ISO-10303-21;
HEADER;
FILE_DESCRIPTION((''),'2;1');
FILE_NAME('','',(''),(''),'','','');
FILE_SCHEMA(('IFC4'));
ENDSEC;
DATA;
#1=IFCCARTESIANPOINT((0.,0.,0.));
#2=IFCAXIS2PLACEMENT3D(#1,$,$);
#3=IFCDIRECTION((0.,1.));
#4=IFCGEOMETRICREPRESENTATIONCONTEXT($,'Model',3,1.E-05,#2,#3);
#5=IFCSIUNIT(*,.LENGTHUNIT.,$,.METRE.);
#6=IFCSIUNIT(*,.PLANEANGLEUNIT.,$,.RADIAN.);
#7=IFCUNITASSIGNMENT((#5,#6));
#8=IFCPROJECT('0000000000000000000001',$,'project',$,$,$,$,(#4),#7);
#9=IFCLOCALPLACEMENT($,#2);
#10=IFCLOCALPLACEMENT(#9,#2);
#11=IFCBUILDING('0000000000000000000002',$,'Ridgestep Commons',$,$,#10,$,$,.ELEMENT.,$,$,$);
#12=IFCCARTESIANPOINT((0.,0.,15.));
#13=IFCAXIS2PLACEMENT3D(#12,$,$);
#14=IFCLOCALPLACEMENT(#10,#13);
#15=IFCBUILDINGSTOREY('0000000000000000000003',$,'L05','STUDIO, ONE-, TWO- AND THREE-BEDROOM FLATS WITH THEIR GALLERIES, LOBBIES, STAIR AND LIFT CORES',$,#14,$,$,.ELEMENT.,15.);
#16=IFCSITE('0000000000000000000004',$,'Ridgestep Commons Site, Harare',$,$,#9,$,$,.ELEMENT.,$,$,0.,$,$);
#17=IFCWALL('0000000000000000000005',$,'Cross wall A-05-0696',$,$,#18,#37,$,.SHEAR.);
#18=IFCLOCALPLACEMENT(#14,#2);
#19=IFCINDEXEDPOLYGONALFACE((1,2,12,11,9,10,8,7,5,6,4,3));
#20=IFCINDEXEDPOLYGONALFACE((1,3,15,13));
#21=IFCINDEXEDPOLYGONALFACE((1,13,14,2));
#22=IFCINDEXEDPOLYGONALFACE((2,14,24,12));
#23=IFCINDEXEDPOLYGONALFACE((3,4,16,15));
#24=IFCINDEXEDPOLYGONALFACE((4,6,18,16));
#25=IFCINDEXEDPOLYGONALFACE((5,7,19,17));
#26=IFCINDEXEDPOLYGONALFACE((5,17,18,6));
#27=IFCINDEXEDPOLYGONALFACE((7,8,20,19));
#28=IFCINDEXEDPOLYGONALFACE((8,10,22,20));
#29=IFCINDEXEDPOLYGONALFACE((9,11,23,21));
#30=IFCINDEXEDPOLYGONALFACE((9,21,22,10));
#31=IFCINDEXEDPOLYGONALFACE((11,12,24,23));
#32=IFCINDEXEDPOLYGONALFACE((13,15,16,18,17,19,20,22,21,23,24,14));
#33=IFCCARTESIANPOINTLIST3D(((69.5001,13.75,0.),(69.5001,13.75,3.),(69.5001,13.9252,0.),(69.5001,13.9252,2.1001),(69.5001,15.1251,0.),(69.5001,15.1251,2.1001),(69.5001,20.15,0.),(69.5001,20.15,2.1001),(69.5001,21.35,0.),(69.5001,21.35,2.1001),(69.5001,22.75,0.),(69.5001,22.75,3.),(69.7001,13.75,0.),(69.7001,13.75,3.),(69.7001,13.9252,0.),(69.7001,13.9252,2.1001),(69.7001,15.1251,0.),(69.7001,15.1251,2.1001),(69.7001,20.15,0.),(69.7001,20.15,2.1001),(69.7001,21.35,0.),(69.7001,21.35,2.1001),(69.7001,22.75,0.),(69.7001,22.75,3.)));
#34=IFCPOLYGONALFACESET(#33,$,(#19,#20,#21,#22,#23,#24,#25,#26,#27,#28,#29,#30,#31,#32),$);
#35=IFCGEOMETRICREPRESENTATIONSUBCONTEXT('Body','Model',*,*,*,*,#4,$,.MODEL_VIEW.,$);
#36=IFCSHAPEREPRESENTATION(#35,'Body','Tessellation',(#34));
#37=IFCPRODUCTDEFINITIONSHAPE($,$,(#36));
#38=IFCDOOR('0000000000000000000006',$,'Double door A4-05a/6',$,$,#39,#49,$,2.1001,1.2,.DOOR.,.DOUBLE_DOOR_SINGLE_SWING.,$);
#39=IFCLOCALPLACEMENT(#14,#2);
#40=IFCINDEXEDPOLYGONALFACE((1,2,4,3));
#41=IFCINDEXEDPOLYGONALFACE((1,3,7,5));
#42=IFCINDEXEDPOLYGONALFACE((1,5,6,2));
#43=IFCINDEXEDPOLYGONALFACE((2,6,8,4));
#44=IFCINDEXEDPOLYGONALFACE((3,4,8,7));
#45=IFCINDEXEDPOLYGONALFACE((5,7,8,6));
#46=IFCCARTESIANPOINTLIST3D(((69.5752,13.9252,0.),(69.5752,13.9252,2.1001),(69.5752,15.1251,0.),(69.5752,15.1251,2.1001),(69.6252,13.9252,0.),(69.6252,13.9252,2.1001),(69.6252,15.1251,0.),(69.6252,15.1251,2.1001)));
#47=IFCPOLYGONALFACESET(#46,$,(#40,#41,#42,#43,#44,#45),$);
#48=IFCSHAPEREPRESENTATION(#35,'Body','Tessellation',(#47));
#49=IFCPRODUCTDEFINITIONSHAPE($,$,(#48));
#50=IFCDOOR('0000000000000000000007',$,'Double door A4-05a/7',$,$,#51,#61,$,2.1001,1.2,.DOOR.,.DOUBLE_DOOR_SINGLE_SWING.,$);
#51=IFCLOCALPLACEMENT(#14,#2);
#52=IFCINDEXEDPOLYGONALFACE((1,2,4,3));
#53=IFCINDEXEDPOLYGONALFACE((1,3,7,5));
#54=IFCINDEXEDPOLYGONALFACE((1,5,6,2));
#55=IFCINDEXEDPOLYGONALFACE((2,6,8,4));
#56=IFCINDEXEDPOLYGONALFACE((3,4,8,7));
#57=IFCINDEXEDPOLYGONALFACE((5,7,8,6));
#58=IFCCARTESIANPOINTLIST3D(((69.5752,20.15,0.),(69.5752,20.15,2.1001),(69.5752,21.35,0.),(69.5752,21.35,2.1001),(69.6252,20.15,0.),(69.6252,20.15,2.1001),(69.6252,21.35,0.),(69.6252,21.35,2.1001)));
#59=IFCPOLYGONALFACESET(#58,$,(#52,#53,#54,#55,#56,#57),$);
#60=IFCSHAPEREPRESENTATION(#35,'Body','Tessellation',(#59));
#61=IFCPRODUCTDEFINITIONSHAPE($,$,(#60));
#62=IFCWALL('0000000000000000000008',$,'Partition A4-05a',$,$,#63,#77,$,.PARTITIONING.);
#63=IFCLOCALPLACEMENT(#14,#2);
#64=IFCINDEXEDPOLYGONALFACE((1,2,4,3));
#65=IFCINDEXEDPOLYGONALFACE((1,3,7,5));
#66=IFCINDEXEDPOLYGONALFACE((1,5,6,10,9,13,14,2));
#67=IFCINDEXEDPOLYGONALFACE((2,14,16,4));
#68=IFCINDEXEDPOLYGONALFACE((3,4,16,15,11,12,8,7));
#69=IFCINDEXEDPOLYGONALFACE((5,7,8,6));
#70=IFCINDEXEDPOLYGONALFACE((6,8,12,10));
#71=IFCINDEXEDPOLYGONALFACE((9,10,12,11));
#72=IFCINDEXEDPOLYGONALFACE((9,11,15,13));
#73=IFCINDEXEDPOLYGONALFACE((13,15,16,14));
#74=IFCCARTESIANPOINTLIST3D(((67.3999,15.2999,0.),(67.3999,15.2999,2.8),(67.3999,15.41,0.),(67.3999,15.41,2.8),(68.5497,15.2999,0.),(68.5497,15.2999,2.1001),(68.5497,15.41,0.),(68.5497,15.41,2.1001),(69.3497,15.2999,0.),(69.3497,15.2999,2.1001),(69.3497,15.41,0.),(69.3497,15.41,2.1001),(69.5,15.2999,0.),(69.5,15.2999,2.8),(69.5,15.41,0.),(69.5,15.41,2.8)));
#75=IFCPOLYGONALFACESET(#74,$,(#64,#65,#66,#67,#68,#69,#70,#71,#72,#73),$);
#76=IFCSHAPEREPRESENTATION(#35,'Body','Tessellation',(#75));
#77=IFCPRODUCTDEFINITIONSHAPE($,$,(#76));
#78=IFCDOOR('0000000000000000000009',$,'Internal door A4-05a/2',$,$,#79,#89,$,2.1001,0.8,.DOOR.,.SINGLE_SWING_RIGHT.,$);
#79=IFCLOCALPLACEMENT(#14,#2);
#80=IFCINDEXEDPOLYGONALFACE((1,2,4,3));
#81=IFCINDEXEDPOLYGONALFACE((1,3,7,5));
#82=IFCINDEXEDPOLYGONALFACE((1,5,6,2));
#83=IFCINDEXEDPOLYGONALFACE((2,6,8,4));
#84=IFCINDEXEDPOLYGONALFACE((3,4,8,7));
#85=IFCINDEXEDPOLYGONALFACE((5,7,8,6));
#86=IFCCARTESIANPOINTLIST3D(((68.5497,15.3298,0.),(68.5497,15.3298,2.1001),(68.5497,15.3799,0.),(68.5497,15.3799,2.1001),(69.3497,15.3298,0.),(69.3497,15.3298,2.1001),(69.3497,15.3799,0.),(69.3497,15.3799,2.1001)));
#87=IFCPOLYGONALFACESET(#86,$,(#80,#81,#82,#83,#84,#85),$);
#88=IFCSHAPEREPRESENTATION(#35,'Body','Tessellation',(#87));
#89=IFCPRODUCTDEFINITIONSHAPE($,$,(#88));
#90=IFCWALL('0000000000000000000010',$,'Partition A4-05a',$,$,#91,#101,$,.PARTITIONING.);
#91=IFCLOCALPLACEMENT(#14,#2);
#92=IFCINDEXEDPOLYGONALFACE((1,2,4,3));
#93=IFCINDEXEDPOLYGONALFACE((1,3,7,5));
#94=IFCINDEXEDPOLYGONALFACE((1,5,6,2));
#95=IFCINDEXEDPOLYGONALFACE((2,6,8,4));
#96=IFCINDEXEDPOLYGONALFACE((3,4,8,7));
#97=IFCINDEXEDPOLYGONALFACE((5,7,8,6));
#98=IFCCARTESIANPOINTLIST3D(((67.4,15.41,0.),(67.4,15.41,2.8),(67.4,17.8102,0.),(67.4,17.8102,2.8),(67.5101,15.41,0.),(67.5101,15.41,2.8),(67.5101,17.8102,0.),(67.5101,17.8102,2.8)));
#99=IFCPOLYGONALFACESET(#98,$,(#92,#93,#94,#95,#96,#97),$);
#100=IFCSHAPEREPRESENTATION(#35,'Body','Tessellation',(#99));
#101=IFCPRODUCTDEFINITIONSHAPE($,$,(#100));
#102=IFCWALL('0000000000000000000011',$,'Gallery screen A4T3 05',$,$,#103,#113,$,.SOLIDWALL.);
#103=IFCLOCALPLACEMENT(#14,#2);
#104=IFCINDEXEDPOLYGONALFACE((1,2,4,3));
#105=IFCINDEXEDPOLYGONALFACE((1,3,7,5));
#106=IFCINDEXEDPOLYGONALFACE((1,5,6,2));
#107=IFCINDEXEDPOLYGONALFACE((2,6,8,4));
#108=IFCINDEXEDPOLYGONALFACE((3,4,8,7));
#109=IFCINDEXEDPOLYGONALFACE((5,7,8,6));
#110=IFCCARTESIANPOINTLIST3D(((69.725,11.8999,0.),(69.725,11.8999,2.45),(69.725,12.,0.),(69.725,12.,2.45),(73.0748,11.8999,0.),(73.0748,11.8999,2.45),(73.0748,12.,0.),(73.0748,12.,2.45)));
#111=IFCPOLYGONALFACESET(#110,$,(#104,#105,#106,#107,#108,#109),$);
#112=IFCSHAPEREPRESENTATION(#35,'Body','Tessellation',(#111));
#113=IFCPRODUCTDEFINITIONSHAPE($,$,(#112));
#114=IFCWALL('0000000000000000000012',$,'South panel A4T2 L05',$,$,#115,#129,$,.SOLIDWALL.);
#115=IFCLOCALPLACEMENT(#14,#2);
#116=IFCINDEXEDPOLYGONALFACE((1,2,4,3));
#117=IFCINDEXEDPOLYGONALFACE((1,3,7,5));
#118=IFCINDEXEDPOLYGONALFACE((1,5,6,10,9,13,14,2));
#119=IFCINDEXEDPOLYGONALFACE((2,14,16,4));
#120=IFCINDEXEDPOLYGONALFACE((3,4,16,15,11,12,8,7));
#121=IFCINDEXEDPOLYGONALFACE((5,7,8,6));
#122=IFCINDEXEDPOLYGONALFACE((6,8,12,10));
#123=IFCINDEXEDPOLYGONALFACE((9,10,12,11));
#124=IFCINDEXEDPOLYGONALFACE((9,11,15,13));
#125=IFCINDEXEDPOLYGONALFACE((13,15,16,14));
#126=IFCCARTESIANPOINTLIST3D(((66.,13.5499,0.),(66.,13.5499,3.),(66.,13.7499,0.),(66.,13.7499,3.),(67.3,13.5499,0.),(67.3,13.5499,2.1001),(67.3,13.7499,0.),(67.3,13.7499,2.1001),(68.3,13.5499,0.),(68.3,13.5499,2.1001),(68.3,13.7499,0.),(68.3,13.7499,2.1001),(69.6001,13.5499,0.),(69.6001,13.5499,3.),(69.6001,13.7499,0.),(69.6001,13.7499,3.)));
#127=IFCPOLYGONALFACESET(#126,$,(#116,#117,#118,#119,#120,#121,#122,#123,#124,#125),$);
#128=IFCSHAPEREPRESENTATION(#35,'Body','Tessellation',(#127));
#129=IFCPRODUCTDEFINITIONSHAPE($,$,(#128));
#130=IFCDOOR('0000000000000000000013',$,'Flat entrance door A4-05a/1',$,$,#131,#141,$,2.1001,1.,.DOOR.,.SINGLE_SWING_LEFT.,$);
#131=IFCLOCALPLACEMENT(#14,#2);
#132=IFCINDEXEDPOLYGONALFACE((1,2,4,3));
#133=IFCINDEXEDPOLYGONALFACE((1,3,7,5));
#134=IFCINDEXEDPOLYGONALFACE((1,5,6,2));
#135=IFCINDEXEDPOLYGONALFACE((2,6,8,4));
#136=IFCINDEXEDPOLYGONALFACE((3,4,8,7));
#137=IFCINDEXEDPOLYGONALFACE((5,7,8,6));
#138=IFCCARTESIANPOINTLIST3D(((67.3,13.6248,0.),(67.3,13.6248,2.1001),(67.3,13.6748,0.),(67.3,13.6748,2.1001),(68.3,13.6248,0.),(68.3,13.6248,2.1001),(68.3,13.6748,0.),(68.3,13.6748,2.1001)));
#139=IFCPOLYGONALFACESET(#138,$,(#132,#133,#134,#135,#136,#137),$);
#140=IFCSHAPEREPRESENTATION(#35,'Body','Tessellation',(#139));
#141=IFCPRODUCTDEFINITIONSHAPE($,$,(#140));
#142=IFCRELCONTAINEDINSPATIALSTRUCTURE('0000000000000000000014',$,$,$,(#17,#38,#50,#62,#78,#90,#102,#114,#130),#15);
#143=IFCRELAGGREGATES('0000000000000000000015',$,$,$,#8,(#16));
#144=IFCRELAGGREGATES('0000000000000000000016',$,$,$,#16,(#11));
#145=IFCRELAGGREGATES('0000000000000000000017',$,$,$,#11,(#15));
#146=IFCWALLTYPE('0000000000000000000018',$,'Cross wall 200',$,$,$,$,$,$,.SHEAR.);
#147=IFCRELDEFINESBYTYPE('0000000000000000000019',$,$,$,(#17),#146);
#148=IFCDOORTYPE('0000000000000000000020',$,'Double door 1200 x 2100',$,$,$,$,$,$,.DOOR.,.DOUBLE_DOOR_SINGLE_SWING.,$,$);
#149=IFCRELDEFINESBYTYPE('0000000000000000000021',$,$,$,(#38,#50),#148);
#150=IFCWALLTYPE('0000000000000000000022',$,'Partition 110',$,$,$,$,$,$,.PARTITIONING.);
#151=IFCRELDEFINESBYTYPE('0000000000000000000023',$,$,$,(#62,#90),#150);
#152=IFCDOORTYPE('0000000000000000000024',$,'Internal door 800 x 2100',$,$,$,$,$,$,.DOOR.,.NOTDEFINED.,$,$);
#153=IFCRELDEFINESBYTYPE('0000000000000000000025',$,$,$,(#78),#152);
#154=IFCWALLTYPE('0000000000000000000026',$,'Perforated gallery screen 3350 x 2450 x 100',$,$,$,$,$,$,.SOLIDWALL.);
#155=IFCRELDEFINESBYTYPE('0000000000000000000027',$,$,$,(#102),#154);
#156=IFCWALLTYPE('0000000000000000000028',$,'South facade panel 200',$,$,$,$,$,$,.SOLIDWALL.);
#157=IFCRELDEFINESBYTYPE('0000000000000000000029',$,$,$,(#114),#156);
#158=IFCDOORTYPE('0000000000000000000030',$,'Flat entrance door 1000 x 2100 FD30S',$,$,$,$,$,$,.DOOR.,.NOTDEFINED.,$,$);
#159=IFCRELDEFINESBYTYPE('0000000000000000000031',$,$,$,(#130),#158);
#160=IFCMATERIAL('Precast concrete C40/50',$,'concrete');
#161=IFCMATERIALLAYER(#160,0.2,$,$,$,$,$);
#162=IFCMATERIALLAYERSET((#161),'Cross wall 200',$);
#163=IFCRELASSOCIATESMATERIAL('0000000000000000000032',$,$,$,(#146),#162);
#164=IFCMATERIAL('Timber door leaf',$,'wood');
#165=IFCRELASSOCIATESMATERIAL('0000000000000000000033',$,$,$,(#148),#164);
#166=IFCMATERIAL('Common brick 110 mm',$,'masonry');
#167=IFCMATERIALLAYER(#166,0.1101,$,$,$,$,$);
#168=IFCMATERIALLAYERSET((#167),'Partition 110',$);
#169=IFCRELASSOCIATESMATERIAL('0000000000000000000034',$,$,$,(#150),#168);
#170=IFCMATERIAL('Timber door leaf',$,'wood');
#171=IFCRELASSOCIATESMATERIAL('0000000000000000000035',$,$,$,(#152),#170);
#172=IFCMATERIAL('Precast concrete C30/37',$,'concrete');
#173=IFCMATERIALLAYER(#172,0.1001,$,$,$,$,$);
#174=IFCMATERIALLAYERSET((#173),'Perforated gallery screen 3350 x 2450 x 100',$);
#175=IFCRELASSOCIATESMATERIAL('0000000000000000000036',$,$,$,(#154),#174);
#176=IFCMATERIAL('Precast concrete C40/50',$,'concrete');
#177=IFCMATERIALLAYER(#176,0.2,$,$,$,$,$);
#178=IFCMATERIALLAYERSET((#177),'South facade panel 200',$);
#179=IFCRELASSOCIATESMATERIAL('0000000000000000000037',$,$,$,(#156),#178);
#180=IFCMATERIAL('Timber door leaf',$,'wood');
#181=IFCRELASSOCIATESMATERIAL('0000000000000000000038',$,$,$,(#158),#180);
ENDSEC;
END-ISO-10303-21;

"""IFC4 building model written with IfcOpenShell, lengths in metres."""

from ifc_helpers import new_model, si_unit, direction, frame, frame_2d, origin, place, context, subcontext, project, spatial, rectangle, extrude, material, layer, layer_set, type_object, element, fill, save


model = new_model("IFC4")

# Units and contexts
model_context = context("Model", 3, precision=1e-05, world=origin(), true_north=direction((0.0, 1.0)))
body_context = subcontext(model_context, "Body", "Model", "MODEL_VIEW")
ifc_project = project(units=[si_unit("LENGTHUNIT", "METRE"), si_unit("PLANEANGLEUNIT", "RADIAN")], contexts=[model_context])

# Site, building, storey
site_placement = place(None, origin())
site = spatial("IfcSite", under=ifc_project, at=site_placement, Name="Ridgestep Commons Site, Harare", CompositionType="ELEMENT", RefElevation=0.0)
building_placement = place(site_placement, origin())
building = spatial("IfcBuilding", under=site, at=building_placement, Name="Ridgestep Commons", CompositionType="ELEMENT")
storey_placement = place(building_placement, frame((0.0, 0.0, 15.0)))
storey = spatial("IfcBuildingStorey", under=building, at=storey_placement, Name="L05", Description="STUDIO, ONE-, TWO- AND THREE-BEDROOM FLATS WITH THEIR GALLERIES, LOBBIES, STAIR AND LIFT CORES", CompositionType="ELEMENT", Elevation=15.0)

# Wall, openings, doors
ifc_material_1 = material(Name="Precast concrete C40/50", Category="concrete")
ifc_layer_1 = layer(ifc_material_1, 0.2)
ifc_layer_set_1 = layer_set([ifc_layer_1], Name="Cross wall 200")
wall_type_1 = type_object("IfcWallType", Name="Cross wall 200", PredefinedType="SHEAR", material=ifc_layer_set_1)
ifc_material_2 = material(Name="Timber door leaf", Category="wood")
door_type_1 = type_object("IfcDoorType", Name="Double door 1200 x 2100", OperationType="DOUBLE_DOOR_SINGLE_SWING", PredefinedType="DOOR", material=ifc_material_2)
wall_1_placement = place(storey_placement, frame((69.6001, 13.75, 0.0), z_axis=(0.0, 0.0, 1.0), x_axis=(0.0, 1.0, 0.0)))
wall_1 = element("IfcWall", 1, at=wall_1_placement, inside=storey, type_object=wall_type_1, Name="Cross wall A-05-0696", PredefinedType="SHEAR", context=body_context, shape_type="SweptSolid", body=[
    extrude(rectangle(XDim=9.0, YDim=0.2, at=frame_2d((4.5, 0.0))), origin(), (0.0, 0.0, 1.0), 3.0),
])
opening_1_placement = place(wall_1_placement, frame((0.175, 0.0, 0.0)))
opening_1 = element("IfcOpeningElement", 2, at=opening_1_placement, cuts=wall_1, PredefinedType="OPENING", context=body_context, shape_type="SweptSolid", body=[
    extrude(rectangle(XDim=1.2, YDim=2.1001, at=frame_2d((0.6001, 1.05))), frame((0.0, 0.1099, 0.0), z_axis=(0.0, -1.0, 0.0), x_axis=(1.0, 0.0, 0.0)), (0.0, 0.0, 1.0), 0.22),
])
opening_2_placement = place(wall_1_placement, frame((6.3999, 0.0, 0.0)))
opening_2 = element("IfcOpeningElement", 3, at=opening_2_placement, cuts=wall_1, PredefinedType="OPENING", context=body_context, shape_type="SweptSolid", body=[
    extrude(rectangle(XDim=1.2, YDim=2.1001, at=frame_2d((0.6001, 1.05))), frame((0.0, 0.1099, 0.0), z_axis=(0.0, -1.0, 0.0), x_axis=(1.0, 0.0, 0.0)), (0.0, 0.0, 1.0), 0.22),
])
door_1_placement = place(opening_1_placement, origin())
door_1 = element("IfcDoor", 4, at=door_1_placement, inside=storey, type_object=door_type_1, Name="Double door A4-05a/6", OperationType="DOUBLE_DOOR_SINGLE_SWING", OverallHeight=2.1001, OverallWidth=1.2, PredefinedType="DOOR", context=body_context, shape_type="SweptSolid", body=[
    extrude(rectangle(XDim=1.2, YDim=2.1001, at=frame_2d((0.6001, 1.05))), frame((0.0, 0.0249, 0.0), z_axis=(0.0, -1.0, 0.0), x_axis=(1.0, 0.0, 0.0)), (0.0, 0.0, 1.0), 0.05),
])
fill(opening_1, door_1)
door_2_placement = place(opening_2_placement, origin())
door_2 = element("IfcDoor", 5, at=door_2_placement, inside=storey, type_object=door_type_1, Name="Double door A4-05a/7", OperationType="DOUBLE_DOOR_SINGLE_SWING", OverallHeight=2.1001, OverallWidth=1.2, PredefinedType="DOOR", context=body_context, shape_type="SweptSolid", body=[
    extrude(rectangle(XDim=1.2, YDim=2.1001, at=frame_2d((0.6001, 1.05))), frame((0.0, 0.0249, 0.0), z_axis=(0.0, -1.0, 0.0), x_axis=(1.0, 0.0, 0.0)), (0.0, 0.0, 1.0), 0.05),
])
fill(opening_2, door_2)

# Wall, opening, door
ifc_material_3 = material(Name="Common brick 110 mm", Category="masonry")
ifc_layer_2 = layer(ifc_material_3, 0.1101)
ifc_layer_set_2 = layer_set([ifc_layer_2], Name="Partition 110")
wall_type_2 = type_object("IfcWallType", Name="Partition 110", PredefinedType="PARTITIONING", material=ifc_layer_set_2)
wall_2_placement = place(storey_placement, frame((67.3999, 15.355, 0.0), z_axis=(0.0, 0.0, 1.0), x_axis=(1.0, 0.0, 0.0)))
wall_2 = element("IfcWall", 6, at=wall_2_placement, inside=storey, type_object=wall_type_2, Name="Partition A4-05a", PredefinedType="PARTITIONING", context=body_context, shape_type="SweptSolid", body=[
    extrude(rectangle(XDim=2.1001, YDim=0.1101, at=frame_2d((1.05, 0.0))), origin(), (0.0, 0.0, 1.0), 2.8),
])
opening_3_placement = place(wall_2_placement, frame((1.1499, 0.0, 0.0)))
opening_3 = element("IfcOpeningElement", 7, at=opening_3_placement, cuts=wall_2, PredefinedType="OPENING", context=body_context, shape_type="SweptSolid", body=[
    extrude(rectangle(XDim=0.8, YDim=2.1001, at=frame_2d((0.3999, 1.05))), frame((0.0, 0.0649, 0.0), z_axis=(0.0, -1.0, 0.0), x_axis=(1.0, 0.0, 0.0)), (0.0, 0.0, 1.0), 0.1301),
])
ifc_material_4 = material(Name="Timber door leaf", Category="wood")
door_type_2 = type_object("IfcDoorType", Name="Internal door 800 x 2100", OperationType="NOTDEFINED", PredefinedType="DOOR", material=ifc_material_4)
door_3_placement = place(opening_3_placement, origin())
door_3 = element("IfcDoor", 8, at=door_3_placement, inside=storey, type_object=door_type_2, Name="Internal door A4-05a/2", OperationType="SINGLE_SWING_RIGHT", OverallHeight=2.1001, OverallWidth=0.8, PredefinedType="DOOR", context=body_context, shape_type="SweptSolid", body=[
    extrude(rectangle(XDim=0.8, YDim=2.1001, at=frame_2d((0.3999, 1.05))), frame((0.0, 0.0249, 0.0), z_axis=(0.0, -1.0, 0.0), x_axis=(1.0, 0.0, 0.0)), (0.0, 0.0, 1.0), 0.05),
])
fill(opening_3, door_3)

# Walls
wall_3_placement = place(storey_placement, frame((67.4551, 15.4099, 0.0), z_axis=(0.0, 0.0, 1.0), x_axis=(0.0, 1.0, 0.0)))
element("IfcWall", 9, at=wall_3_placement, inside=storey, type_object=wall_type_2, Name="Partition A4-05a", PredefinedType="PARTITIONING", context=body_context, shape_type="SweptSolid", body=[
    extrude(rectangle(XDim=2.4001, YDim=0.1101, at=frame_2d((1.2002, 0.0))), origin(), (0.0, 0.0, 1.0), 2.8),
])
ifc_material_5 = material(Name="Precast concrete C30/37", Category="concrete")
ifc_layer_3 = layer(ifc_material_5, 0.1001)
ifc_layer_set_3 = layer_set([ifc_layer_3], Name="Perforated gallery screen 3350 x 2450 x 100")
wall_type_3 = type_object("IfcWallType", Name="Perforated gallery screen 3350 x 2450 x 100", PredefinedType="SOLIDWALL", material=ifc_layer_set_3)
wall_4_placement = place(storey_placement, frame((69.7251, 11.95, 0.0), z_axis=(0.0, 0.0, 1.0), x_axis=(1.0, 0.0, 0.0)))
element("IfcWall", 10, at=wall_4_placement, inside=storey, type_object=wall_type_3, Name="Gallery screen A4T3 05", PredefinedType="SOLIDWALL", context=body_context, shape_type="SweptSolid", body=[
    extrude(rectangle(XDim=3.3499, YDim=0.1001, at=frame_2d((1.6748, 0.0))), origin(), (0.0, 0.0, 1.0), 2.45),
])

# Wall, opening, door
ifc_material_6 = material(Name="Precast concrete C40/50", Category="concrete")
ifc_layer_4 = layer(ifc_material_6, 0.2)
ifc_layer_set_4 = layer_set([ifc_layer_4], Name="South facade panel 200")
wall_type_4 = type_object("IfcWallType", Name="South facade panel 200", PredefinedType="SOLIDWALL", material=ifc_layer_set_4)
wall_5_placement = place(storey_placement, frame((66.0, 13.6499, 0.0), z_axis=(0.0, 0.0, 1.0), x_axis=(1.0, 0.0, 0.0)))
wall_5 = element("IfcWall", 11, at=wall_5_placement, inside=storey, type_object=wall_type_4, Name="South panel A4T2 L05", PredefinedType="SOLIDWALL", context=body_context, shape_type="SweptSolid", body=[
    extrude(rectangle(XDim=3.6001, YDim=0.2, at=frame_2d((1.8, 0.0))), origin(), (0.0, 0.0, 1.0), 3.0),
])
opening_4_placement = place(wall_5_placement, frame((1.3, 0.0, 0.0)))
opening_4 = element("IfcOpeningElement", 12, at=opening_4_placement, cuts=wall_5, PredefinedType="OPENING", context=body_context, shape_type="SweptSolid", body=[
    extrude(rectangle(XDim=1.0, YDim=2.1001, at=frame_2d((0.5, 1.05))), frame((0.0, 0.1099, 0.0), z_axis=(0.0, -1.0, 0.0), x_axis=(1.0, 0.0, 0.0)), (0.0, 0.0, 1.0), 0.22),
])
ifc_material_7 = material(Name="Timber door leaf", Category="wood")
door_type_3 = type_object("IfcDoorType", Name="Flat entrance door 1000 x 2100 FD30S", OperationType="NOTDEFINED", PredefinedType="DOOR", material=ifc_material_7)
door_4_placement = place(opening_4_placement, origin())
door_4 = element("IfcDoor", 13, at=door_4_placement, inside=storey, type_object=door_type_3, Name="Flat entrance door A4-05a/1", OperationType="SINGLE_SWING_LEFT", OverallHeight=2.1001, OverallWidth=1.0, PredefinedType="DOOR", context=body_context, shape_type="SweptSolid", body=[
    extrude(rectangle(XDim=1.0, YDim=2.1001, at=frame_2d((0.5, 1.05))), frame((0.0, 0.0249, 0.0), z_axis=(0.0, -1.0, 0.0), x_axis=(1.0, 0.0, 0.0)), (0.0, 0.0, 1.0), 0.05),
])
fill(opening_4, door_4)

save(model, "model.ifc")
